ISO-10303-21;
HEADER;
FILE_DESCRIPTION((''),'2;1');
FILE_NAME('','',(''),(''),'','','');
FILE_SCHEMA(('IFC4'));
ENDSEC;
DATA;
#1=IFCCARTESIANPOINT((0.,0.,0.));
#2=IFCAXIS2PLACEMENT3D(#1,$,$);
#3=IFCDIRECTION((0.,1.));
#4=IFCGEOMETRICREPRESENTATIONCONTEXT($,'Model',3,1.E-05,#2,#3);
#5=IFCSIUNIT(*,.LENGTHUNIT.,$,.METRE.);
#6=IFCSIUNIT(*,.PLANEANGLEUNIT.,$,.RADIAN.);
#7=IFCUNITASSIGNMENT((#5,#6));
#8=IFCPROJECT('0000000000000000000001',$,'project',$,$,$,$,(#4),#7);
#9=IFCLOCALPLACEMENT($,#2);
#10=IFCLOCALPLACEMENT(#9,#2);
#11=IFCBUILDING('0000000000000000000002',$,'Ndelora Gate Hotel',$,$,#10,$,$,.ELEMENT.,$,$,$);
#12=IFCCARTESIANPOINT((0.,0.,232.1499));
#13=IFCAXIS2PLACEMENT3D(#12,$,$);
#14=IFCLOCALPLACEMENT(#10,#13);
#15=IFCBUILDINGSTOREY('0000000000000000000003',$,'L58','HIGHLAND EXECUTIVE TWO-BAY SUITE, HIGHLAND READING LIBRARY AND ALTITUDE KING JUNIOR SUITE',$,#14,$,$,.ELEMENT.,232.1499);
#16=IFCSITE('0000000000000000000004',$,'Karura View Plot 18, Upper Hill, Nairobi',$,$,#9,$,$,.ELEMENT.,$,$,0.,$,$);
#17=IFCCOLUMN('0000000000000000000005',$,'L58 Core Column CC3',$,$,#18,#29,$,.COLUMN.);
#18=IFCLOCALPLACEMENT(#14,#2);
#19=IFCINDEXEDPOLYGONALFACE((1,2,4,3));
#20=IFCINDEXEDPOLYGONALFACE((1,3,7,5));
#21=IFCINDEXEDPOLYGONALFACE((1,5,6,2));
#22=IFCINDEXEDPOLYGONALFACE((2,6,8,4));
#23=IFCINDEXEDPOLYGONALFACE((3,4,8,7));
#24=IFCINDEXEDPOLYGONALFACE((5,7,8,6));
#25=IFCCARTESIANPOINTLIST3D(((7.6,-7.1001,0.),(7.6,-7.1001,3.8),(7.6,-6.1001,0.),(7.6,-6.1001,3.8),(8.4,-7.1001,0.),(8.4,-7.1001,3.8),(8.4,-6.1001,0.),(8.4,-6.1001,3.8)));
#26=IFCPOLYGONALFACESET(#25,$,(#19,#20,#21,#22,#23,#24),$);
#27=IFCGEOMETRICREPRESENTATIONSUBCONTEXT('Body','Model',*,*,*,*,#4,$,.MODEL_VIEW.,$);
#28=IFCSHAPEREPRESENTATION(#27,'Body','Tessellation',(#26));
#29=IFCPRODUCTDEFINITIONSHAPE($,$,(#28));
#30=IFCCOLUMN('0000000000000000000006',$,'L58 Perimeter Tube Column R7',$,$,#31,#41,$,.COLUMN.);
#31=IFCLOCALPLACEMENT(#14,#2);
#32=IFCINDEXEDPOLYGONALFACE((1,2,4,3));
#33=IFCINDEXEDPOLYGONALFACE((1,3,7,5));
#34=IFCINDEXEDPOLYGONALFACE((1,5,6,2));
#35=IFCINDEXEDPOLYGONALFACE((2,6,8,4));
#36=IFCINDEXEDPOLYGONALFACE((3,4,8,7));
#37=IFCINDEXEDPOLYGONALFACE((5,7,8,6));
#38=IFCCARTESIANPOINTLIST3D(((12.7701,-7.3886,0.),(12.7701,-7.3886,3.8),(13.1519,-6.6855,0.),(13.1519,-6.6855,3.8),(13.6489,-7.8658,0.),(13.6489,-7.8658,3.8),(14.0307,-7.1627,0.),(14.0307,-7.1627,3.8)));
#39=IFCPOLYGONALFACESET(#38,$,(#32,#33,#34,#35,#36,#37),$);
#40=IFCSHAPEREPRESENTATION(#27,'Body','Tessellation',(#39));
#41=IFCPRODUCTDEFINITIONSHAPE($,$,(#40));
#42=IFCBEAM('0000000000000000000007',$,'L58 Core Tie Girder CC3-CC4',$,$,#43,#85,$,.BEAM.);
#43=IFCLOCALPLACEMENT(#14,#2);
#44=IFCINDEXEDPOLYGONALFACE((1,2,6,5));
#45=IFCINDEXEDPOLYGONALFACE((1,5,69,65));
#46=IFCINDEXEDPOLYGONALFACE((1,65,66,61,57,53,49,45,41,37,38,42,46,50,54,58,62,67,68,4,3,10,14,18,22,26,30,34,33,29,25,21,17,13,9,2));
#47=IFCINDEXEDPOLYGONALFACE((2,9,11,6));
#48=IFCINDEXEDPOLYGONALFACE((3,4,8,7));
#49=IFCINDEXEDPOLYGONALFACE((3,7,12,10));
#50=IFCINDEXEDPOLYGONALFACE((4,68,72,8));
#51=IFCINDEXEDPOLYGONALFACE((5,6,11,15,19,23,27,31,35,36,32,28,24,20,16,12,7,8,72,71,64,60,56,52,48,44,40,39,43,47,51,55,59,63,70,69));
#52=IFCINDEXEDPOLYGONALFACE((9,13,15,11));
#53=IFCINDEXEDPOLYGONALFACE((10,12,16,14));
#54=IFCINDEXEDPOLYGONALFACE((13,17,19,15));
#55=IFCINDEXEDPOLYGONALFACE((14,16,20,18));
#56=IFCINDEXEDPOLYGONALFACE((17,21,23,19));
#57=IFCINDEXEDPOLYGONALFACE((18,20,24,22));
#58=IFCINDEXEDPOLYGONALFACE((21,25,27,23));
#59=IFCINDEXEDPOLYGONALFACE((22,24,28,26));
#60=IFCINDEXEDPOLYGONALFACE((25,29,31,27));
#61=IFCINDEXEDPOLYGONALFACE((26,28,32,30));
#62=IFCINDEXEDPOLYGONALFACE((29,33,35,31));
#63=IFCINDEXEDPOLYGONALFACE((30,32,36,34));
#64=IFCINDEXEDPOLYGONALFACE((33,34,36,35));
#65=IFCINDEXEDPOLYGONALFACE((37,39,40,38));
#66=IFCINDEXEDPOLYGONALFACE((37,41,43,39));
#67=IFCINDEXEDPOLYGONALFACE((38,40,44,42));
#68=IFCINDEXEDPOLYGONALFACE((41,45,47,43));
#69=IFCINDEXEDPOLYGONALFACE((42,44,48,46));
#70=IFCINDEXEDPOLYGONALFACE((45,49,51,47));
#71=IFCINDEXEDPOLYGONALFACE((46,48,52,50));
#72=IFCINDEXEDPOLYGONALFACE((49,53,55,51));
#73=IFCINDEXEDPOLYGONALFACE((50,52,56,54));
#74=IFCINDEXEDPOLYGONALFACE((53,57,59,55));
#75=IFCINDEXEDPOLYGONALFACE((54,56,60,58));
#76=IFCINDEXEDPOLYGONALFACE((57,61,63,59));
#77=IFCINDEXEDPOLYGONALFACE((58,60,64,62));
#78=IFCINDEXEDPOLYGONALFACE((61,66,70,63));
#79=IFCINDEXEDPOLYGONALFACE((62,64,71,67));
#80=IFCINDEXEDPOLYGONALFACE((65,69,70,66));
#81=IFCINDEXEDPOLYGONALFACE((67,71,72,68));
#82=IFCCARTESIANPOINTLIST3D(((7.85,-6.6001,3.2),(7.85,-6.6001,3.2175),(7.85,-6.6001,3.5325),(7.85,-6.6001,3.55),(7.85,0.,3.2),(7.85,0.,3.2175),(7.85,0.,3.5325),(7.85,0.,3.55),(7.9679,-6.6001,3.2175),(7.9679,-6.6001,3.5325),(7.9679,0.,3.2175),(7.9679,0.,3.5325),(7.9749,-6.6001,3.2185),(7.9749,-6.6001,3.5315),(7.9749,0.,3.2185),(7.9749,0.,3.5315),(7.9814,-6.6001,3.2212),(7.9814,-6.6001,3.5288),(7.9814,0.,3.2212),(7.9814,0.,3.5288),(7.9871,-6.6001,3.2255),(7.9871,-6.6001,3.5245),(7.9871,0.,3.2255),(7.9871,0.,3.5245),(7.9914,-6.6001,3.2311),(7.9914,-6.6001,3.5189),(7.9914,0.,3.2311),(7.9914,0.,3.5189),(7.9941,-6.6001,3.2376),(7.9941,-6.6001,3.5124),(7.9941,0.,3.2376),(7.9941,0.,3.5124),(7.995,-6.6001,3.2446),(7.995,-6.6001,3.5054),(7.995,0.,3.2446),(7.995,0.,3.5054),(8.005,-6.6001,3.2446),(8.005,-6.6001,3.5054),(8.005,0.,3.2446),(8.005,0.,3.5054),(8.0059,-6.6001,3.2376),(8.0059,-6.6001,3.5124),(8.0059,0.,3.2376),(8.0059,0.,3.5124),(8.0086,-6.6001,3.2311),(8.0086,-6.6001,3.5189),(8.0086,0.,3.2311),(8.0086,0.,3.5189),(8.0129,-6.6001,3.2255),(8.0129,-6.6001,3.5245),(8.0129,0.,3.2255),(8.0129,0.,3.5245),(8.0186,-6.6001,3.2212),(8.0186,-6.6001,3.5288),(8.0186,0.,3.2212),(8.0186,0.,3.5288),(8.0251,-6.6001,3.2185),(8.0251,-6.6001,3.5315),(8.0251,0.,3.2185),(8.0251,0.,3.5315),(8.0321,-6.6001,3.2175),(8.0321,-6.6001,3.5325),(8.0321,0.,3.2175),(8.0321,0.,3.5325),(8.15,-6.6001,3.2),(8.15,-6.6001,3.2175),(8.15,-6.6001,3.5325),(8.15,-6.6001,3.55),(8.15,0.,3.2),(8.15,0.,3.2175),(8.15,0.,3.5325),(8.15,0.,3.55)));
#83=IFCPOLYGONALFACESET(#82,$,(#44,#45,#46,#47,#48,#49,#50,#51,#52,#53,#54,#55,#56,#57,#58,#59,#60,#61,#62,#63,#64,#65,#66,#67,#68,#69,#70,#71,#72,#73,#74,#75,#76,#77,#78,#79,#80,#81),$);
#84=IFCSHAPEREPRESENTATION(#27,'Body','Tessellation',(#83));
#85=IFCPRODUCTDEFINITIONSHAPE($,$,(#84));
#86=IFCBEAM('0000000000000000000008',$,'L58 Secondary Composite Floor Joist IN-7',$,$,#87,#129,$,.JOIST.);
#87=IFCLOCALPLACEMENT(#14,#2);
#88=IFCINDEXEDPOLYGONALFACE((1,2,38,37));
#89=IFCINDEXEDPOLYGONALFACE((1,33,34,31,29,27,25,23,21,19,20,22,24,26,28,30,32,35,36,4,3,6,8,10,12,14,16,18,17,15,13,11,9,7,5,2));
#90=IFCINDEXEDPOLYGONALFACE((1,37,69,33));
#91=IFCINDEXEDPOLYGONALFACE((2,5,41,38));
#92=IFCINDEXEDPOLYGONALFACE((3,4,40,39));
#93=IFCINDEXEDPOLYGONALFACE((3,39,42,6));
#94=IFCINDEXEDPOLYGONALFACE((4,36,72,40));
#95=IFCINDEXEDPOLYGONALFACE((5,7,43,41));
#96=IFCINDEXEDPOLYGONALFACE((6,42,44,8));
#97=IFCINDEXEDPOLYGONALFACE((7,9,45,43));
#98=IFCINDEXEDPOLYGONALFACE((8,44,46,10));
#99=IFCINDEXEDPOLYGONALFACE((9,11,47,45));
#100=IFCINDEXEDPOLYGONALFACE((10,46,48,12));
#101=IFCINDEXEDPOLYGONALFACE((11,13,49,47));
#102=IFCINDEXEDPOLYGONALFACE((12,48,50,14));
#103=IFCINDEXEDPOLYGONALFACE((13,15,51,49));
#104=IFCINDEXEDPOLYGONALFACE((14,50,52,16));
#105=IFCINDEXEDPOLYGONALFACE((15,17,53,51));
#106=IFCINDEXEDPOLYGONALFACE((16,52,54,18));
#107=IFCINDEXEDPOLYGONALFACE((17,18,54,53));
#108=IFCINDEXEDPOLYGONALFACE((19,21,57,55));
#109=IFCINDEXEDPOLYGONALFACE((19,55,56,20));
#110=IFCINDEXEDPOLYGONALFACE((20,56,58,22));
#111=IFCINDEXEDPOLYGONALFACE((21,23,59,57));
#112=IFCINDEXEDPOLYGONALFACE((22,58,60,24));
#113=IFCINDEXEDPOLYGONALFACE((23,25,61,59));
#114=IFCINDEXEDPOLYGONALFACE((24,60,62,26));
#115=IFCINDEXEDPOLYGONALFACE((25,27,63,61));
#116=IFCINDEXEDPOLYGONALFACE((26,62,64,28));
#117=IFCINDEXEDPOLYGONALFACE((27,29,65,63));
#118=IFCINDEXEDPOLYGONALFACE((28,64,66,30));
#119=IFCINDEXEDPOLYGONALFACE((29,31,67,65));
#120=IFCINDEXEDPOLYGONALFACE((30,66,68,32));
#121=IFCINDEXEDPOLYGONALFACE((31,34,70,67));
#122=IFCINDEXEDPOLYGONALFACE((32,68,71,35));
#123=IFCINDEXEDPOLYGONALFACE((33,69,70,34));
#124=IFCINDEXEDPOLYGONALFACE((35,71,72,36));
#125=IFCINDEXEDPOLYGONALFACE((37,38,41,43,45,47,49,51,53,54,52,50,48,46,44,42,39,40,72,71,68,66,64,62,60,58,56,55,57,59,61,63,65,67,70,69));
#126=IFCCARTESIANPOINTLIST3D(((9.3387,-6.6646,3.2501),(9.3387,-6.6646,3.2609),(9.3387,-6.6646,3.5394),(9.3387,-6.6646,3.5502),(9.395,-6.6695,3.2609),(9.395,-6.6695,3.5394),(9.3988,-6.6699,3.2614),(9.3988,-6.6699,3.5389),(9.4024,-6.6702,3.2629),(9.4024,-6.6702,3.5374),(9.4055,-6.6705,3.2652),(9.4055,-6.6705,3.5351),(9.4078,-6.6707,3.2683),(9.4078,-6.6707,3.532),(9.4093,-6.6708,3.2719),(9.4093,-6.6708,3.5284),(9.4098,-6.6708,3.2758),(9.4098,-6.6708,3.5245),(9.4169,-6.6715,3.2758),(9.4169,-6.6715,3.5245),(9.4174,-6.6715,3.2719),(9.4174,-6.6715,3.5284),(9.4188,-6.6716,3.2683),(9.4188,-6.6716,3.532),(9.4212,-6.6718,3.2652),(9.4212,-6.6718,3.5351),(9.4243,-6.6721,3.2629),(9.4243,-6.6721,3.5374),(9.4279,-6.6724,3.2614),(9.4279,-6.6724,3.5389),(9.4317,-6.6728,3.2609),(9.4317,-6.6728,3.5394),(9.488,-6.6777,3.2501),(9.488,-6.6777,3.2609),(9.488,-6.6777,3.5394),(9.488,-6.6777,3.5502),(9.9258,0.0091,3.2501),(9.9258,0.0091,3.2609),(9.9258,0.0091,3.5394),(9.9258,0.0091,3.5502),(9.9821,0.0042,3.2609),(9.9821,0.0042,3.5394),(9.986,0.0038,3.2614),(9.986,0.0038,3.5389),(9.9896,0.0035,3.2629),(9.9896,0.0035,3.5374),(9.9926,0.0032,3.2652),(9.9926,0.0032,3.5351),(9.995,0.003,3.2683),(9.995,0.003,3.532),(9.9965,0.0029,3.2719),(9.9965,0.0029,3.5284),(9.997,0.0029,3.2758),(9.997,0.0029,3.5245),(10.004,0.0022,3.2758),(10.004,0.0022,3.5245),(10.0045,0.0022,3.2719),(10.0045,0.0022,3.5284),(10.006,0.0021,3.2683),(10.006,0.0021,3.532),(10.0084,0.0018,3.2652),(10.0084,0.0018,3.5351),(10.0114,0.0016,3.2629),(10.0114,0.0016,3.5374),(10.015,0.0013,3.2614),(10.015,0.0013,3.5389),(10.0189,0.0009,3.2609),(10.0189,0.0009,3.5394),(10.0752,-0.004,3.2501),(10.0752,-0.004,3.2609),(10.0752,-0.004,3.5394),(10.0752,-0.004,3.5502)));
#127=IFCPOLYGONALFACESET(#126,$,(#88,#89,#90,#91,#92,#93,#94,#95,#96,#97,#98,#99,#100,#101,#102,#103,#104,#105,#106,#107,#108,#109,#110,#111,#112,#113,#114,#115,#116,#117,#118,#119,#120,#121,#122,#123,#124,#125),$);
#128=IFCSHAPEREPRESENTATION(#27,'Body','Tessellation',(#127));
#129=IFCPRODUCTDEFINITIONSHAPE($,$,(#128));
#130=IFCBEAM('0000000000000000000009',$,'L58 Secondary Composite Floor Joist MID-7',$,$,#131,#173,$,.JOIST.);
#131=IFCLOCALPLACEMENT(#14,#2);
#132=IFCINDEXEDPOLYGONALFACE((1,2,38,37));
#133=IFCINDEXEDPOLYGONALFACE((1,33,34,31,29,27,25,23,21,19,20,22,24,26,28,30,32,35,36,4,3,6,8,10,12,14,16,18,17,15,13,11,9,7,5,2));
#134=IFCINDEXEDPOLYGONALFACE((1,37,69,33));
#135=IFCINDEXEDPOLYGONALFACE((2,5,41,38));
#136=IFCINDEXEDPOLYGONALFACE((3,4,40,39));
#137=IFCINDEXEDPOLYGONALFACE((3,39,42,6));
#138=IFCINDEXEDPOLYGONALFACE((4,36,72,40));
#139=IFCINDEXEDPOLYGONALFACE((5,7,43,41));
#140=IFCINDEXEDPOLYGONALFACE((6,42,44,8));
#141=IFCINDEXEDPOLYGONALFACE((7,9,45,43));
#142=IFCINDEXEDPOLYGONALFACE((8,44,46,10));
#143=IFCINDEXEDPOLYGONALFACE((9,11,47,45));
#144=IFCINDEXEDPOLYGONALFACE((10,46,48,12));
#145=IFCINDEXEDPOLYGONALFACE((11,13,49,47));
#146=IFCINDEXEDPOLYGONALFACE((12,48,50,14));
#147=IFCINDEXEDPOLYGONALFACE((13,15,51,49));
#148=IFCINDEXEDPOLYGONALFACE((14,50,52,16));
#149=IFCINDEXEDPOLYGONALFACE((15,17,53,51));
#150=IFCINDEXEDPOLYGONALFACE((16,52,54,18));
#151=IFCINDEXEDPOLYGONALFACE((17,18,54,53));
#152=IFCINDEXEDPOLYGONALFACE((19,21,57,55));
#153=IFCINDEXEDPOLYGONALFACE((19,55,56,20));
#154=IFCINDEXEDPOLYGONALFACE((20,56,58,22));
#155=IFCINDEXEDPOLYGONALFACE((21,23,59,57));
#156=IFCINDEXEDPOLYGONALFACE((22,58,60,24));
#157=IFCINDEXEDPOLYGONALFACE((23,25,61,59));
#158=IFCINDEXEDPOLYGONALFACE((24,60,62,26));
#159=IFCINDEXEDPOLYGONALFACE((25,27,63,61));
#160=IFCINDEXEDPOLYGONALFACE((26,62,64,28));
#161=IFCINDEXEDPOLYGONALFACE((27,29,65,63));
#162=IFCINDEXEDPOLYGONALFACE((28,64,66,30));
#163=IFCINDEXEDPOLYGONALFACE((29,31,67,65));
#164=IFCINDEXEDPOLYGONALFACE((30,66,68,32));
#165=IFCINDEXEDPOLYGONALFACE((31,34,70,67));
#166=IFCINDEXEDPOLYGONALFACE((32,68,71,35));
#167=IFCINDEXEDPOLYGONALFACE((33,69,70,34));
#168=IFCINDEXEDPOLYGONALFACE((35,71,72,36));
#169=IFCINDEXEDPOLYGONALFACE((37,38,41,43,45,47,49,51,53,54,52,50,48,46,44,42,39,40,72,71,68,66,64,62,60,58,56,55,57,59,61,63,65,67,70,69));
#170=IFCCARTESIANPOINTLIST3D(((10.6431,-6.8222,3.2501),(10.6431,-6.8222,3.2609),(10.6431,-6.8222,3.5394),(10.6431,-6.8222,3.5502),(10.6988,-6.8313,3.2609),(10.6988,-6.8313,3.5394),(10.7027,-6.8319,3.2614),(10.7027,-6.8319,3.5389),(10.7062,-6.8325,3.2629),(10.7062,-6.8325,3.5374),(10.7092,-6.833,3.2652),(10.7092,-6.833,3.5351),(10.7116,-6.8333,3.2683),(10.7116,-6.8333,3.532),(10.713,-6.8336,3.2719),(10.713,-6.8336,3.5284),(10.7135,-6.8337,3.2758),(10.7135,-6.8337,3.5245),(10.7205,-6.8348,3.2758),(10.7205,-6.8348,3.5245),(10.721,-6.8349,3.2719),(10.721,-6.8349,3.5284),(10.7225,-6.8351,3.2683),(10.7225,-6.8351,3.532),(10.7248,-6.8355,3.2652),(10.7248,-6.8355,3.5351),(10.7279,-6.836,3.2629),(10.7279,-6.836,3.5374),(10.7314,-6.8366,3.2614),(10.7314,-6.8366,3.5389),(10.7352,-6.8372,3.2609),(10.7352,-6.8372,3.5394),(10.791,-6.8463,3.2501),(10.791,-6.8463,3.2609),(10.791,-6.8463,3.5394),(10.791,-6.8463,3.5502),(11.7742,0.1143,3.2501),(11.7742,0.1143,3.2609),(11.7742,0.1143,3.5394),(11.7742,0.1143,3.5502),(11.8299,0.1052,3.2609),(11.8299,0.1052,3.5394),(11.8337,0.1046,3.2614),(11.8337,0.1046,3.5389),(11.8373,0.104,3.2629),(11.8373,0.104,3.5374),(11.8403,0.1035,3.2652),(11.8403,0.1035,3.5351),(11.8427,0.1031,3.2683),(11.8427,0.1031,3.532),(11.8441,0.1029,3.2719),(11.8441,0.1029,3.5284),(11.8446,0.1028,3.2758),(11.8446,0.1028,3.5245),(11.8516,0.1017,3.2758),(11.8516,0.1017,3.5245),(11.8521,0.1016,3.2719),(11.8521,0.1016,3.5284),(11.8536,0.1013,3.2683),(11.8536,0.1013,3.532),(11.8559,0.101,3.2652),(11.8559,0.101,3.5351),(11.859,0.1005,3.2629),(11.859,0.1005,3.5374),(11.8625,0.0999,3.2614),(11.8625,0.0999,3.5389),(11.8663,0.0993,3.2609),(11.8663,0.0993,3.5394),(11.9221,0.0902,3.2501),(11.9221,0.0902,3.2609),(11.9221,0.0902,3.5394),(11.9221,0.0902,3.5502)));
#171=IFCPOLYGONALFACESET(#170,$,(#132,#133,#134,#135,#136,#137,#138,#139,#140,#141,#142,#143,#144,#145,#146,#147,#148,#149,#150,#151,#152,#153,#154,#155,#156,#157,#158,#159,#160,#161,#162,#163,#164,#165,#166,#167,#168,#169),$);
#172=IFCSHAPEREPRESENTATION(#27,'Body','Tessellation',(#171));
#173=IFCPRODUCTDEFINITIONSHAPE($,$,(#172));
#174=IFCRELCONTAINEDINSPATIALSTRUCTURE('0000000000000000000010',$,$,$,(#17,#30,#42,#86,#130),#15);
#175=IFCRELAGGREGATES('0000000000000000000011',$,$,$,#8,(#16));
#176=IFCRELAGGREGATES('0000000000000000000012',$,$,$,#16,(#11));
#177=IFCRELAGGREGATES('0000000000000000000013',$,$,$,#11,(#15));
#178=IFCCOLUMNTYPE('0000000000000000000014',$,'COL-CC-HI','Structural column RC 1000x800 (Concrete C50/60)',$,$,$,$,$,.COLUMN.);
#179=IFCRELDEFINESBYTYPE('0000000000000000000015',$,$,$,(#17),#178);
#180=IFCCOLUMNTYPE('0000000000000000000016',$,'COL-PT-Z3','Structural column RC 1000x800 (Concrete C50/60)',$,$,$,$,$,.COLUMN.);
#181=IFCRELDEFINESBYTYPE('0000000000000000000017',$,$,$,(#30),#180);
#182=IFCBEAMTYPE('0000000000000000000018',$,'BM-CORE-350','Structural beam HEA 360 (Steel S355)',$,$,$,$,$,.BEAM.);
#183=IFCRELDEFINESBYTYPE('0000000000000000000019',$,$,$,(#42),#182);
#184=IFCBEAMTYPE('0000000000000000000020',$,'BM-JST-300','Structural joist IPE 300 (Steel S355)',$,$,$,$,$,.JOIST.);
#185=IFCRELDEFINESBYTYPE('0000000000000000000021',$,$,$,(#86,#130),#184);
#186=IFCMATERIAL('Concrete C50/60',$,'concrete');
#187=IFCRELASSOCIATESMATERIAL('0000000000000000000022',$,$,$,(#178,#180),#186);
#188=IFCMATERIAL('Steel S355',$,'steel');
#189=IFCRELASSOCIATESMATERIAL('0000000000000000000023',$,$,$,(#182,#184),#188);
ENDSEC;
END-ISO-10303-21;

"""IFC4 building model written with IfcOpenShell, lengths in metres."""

from ifc_helpers import new_model, si_unit, direction, frame, origin, origin_2d, place, context, subcontext, project, spatial, rectangle, i_section, extrude, material, material_profile, profile_set, type_object, element, save


model = new_model("IFC4")

# Units and contexts
model_context = context("Model", 3, precision=1e-05, world=origin(), true_north=direction((0.0, 1.0)))
body_context = subcontext(model_context, "Body", "Model", "MODEL_VIEW")
ifc_project = project(units=[si_unit("LENGTHUNIT", "METRE"), si_unit("PLANEANGLEUNIT", "RADIAN")], contexts=[model_context])

# Site, building, storey
site_placement = place(None, origin())
site = spatial("IfcSite", under=ifc_project, at=site_placement, Name="Karura View Plot 18, Upper Hill, Nairobi", CompositionType="ELEMENT", RefElevation=0.0)
building_placement = place(site_placement, origin())
building = spatial("IfcBuilding", under=site, at=building_placement, Name="Ndelora Gate Hotel", CompositionType="ELEMENT")
storey_placement = place(building_placement, frame((0.0, 0.0, 232.1499)))
storey = spatial("IfcBuildingStorey", under=building, at=storey_placement, Name="L58", Description="HIGHLAND EXECUTIVE TWO-BAY SUITE, HIGHLAND READING LIBRARY AND ALTITUDE KING JUNIOR SUITE", CompositionType="ELEMENT", Elevation=232.1499)

# Columns
ifc_material_1 = material(Name="Concrete C50/60", Category="concrete")
ifc_material_profile_1 = material_profile(ifc_material_1, rectangle(XDim=0.8, YDim=1.0, at=origin_2d()), Name="RC 1000x800")
ifc_profile_set_1 = profile_set([ifc_material_profile_1], Name="Concrete C50/60")
column_type_1 = type_object("IfcColumnType", Name="COL-CC-HI", Description="Structural column RC 1000x800 (Concrete C50/60)", PredefinedType="COLUMN", material=ifc_profile_set_1)
column_1_placement = place(storey_placement, frame((8.0, -6.6001, 0.0), z_axis=(0.0, 0.0, 1.0), x_axis=(1.0, 0.0, 0.0)))
element("IfcColumn", 1, at=column_1_placement, inside=storey, type_object=column_type_1, Name="L58 Core Column CC3", PredefinedType="COLUMN", context=body_context, shape_type="SweptSolid", body=[
    extrude(rectangle(XDim=0.8, YDim=1.0, at=origin_2d()), origin(), (0.0, 0.0, 1.0), 3.8),
])
ifc_material_profile_2 = material_profile(ifc_material_1, rectangle(XDim=0.8, YDim=1.0, at=origin_2d()), Name="RC 1000x800")
ifc_profile_set_2 = profile_set([ifc_material_profile_2], Name="Concrete C50/60")
column_type_2 = type_object("IfcColumnType", Name="COL-PT-Z3", Description="Structural column RC 1000x800 (Concrete C50/60)", PredefinedType="COLUMN", material=ifc_profile_set_2)
column_2_placement = place(storey_placement, frame((13.4004, -7.2756, 0.0), z_axis=(0.0, 0.0, 1.0), x_axis=(0.477159, 0.878817, 0.0)))
element("IfcColumn", 2, at=column_2_placement, inside=storey, type_object=column_type_2, Name="L58 Perimeter Tube Column R7", PredefinedType="COLUMN", context=body_context, shape_type="SweptSolid", body=[
    extrude(rectangle(XDim=0.8, YDim=1.0, at=origin_2d()), origin(), (0.0, 0.0, 1.0), 3.8),
])

# Beams
ifc_material_2 = material(Name="Steel S355", Category="steel")
ifc_material_profile_3 = material_profile(ifc_material_2, i_section(OverallWidth=0.3, OverallDepth=0.3501, WebThickness=0.01, FlangeThickness=0.0176, FilletRadius=0.0271, at=origin_2d()), Name="HEA 360")
ifc_profile_set_3 = profile_set([ifc_material_profile_3], Name="Steel S355")
beam_type_1 = type_object("IfcBeamType", Name="BM-CORE-350", Description="Structural beam HEA 360 (Steel S355)", PredefinedType="BEAM", material=ifc_profile_set_3)
beam_1_placement = place(storey_placement, frame((8.0, -6.6001, 3.375), z_axis=(0.0, 1.0, 0.0), x_axis=(-1.0, 0.0, 0.0)))
element("IfcBeam", 3, at=beam_1_placement, inside=storey, type_object=beam_type_1, Name="L58 Core Tie Girder CC3-CC4", PredefinedType="BEAM", context=body_context, shape_type="SweptSolid", body=[
    extrude(i_section(OverallWidth=0.3, OverallDepth=0.3501, WebThickness=0.01, FlangeThickness=0.0176, FilletRadius=0.0271, at=origin_2d()), origin(), (0.0, 0.0, 1.0), 6.6001),
])
ifc_material_profile_4 = material_profile(ifc_material_2, i_section(OverallWidth=0.1499, OverallDepth=0.3, WebThickness=0.0071, FlangeThickness=0.0107, FilletRadius=0.0149, at=origin_2d()), Name="IPE 300")
ifc_profile_set_4 = profile_set([ifc_material_profile_4], Name="Steel S355")
beam_type_2 = type_object("IfcBeamType", Name="BM-JST-300", Description="Structural joist IPE 300 (Steel S355)", PredefinedType="JOIST", material=ifc_profile_set_4)
beam_2_placement = place(storey_placement, frame((9.4133, -6.6711, 3.4001), z_axis=(0.087644, 0.996152, 0.0), x_axis=(-0.996152, 0.087644, 0.0)))
element("IfcBeam", 4, at=beam_2_placement, inside=storey, type_object=beam_type_2, Name="L58 Secondary Composite Floor Joist IN-7", PredefinedType="JOIST", context=body_context, shape_type="SweptSolid", body=[
    extrude(i_section(OverallWidth=0.1499, OverallDepth=0.3, WebThickness=0.0071, FlangeThickness=0.0107, FilletRadius=0.0149, at=origin_2d()), origin(), (0.0, 0.0, 1.0), 6.6995),
])
beam_3_placement = place(storey_placement, frame((10.717, -6.8342, 3.4001), z_axis=(0.160939, 0.986964, 0.0), x_axis=(-0.986964, 0.160939, 0.0)))
element("IfcBeam", 5, at=beam_3_placement, inside=storey, type_object=beam_type_2, Name="L58 Secondary Composite Floor Joist MID-7", PredefinedType="JOIST", context=body_context, shape_type="SweptSolid", body=[
    extrude(i_section(OverallWidth=0.1499, OverallDepth=0.3, WebThickness=0.0071, FlangeThickness=0.0107, FilletRadius=0.0149, at=origin_2d()), origin(), (0.0, 0.0, 1.0), 7.0281),
])

save(model, "model.ifc")
